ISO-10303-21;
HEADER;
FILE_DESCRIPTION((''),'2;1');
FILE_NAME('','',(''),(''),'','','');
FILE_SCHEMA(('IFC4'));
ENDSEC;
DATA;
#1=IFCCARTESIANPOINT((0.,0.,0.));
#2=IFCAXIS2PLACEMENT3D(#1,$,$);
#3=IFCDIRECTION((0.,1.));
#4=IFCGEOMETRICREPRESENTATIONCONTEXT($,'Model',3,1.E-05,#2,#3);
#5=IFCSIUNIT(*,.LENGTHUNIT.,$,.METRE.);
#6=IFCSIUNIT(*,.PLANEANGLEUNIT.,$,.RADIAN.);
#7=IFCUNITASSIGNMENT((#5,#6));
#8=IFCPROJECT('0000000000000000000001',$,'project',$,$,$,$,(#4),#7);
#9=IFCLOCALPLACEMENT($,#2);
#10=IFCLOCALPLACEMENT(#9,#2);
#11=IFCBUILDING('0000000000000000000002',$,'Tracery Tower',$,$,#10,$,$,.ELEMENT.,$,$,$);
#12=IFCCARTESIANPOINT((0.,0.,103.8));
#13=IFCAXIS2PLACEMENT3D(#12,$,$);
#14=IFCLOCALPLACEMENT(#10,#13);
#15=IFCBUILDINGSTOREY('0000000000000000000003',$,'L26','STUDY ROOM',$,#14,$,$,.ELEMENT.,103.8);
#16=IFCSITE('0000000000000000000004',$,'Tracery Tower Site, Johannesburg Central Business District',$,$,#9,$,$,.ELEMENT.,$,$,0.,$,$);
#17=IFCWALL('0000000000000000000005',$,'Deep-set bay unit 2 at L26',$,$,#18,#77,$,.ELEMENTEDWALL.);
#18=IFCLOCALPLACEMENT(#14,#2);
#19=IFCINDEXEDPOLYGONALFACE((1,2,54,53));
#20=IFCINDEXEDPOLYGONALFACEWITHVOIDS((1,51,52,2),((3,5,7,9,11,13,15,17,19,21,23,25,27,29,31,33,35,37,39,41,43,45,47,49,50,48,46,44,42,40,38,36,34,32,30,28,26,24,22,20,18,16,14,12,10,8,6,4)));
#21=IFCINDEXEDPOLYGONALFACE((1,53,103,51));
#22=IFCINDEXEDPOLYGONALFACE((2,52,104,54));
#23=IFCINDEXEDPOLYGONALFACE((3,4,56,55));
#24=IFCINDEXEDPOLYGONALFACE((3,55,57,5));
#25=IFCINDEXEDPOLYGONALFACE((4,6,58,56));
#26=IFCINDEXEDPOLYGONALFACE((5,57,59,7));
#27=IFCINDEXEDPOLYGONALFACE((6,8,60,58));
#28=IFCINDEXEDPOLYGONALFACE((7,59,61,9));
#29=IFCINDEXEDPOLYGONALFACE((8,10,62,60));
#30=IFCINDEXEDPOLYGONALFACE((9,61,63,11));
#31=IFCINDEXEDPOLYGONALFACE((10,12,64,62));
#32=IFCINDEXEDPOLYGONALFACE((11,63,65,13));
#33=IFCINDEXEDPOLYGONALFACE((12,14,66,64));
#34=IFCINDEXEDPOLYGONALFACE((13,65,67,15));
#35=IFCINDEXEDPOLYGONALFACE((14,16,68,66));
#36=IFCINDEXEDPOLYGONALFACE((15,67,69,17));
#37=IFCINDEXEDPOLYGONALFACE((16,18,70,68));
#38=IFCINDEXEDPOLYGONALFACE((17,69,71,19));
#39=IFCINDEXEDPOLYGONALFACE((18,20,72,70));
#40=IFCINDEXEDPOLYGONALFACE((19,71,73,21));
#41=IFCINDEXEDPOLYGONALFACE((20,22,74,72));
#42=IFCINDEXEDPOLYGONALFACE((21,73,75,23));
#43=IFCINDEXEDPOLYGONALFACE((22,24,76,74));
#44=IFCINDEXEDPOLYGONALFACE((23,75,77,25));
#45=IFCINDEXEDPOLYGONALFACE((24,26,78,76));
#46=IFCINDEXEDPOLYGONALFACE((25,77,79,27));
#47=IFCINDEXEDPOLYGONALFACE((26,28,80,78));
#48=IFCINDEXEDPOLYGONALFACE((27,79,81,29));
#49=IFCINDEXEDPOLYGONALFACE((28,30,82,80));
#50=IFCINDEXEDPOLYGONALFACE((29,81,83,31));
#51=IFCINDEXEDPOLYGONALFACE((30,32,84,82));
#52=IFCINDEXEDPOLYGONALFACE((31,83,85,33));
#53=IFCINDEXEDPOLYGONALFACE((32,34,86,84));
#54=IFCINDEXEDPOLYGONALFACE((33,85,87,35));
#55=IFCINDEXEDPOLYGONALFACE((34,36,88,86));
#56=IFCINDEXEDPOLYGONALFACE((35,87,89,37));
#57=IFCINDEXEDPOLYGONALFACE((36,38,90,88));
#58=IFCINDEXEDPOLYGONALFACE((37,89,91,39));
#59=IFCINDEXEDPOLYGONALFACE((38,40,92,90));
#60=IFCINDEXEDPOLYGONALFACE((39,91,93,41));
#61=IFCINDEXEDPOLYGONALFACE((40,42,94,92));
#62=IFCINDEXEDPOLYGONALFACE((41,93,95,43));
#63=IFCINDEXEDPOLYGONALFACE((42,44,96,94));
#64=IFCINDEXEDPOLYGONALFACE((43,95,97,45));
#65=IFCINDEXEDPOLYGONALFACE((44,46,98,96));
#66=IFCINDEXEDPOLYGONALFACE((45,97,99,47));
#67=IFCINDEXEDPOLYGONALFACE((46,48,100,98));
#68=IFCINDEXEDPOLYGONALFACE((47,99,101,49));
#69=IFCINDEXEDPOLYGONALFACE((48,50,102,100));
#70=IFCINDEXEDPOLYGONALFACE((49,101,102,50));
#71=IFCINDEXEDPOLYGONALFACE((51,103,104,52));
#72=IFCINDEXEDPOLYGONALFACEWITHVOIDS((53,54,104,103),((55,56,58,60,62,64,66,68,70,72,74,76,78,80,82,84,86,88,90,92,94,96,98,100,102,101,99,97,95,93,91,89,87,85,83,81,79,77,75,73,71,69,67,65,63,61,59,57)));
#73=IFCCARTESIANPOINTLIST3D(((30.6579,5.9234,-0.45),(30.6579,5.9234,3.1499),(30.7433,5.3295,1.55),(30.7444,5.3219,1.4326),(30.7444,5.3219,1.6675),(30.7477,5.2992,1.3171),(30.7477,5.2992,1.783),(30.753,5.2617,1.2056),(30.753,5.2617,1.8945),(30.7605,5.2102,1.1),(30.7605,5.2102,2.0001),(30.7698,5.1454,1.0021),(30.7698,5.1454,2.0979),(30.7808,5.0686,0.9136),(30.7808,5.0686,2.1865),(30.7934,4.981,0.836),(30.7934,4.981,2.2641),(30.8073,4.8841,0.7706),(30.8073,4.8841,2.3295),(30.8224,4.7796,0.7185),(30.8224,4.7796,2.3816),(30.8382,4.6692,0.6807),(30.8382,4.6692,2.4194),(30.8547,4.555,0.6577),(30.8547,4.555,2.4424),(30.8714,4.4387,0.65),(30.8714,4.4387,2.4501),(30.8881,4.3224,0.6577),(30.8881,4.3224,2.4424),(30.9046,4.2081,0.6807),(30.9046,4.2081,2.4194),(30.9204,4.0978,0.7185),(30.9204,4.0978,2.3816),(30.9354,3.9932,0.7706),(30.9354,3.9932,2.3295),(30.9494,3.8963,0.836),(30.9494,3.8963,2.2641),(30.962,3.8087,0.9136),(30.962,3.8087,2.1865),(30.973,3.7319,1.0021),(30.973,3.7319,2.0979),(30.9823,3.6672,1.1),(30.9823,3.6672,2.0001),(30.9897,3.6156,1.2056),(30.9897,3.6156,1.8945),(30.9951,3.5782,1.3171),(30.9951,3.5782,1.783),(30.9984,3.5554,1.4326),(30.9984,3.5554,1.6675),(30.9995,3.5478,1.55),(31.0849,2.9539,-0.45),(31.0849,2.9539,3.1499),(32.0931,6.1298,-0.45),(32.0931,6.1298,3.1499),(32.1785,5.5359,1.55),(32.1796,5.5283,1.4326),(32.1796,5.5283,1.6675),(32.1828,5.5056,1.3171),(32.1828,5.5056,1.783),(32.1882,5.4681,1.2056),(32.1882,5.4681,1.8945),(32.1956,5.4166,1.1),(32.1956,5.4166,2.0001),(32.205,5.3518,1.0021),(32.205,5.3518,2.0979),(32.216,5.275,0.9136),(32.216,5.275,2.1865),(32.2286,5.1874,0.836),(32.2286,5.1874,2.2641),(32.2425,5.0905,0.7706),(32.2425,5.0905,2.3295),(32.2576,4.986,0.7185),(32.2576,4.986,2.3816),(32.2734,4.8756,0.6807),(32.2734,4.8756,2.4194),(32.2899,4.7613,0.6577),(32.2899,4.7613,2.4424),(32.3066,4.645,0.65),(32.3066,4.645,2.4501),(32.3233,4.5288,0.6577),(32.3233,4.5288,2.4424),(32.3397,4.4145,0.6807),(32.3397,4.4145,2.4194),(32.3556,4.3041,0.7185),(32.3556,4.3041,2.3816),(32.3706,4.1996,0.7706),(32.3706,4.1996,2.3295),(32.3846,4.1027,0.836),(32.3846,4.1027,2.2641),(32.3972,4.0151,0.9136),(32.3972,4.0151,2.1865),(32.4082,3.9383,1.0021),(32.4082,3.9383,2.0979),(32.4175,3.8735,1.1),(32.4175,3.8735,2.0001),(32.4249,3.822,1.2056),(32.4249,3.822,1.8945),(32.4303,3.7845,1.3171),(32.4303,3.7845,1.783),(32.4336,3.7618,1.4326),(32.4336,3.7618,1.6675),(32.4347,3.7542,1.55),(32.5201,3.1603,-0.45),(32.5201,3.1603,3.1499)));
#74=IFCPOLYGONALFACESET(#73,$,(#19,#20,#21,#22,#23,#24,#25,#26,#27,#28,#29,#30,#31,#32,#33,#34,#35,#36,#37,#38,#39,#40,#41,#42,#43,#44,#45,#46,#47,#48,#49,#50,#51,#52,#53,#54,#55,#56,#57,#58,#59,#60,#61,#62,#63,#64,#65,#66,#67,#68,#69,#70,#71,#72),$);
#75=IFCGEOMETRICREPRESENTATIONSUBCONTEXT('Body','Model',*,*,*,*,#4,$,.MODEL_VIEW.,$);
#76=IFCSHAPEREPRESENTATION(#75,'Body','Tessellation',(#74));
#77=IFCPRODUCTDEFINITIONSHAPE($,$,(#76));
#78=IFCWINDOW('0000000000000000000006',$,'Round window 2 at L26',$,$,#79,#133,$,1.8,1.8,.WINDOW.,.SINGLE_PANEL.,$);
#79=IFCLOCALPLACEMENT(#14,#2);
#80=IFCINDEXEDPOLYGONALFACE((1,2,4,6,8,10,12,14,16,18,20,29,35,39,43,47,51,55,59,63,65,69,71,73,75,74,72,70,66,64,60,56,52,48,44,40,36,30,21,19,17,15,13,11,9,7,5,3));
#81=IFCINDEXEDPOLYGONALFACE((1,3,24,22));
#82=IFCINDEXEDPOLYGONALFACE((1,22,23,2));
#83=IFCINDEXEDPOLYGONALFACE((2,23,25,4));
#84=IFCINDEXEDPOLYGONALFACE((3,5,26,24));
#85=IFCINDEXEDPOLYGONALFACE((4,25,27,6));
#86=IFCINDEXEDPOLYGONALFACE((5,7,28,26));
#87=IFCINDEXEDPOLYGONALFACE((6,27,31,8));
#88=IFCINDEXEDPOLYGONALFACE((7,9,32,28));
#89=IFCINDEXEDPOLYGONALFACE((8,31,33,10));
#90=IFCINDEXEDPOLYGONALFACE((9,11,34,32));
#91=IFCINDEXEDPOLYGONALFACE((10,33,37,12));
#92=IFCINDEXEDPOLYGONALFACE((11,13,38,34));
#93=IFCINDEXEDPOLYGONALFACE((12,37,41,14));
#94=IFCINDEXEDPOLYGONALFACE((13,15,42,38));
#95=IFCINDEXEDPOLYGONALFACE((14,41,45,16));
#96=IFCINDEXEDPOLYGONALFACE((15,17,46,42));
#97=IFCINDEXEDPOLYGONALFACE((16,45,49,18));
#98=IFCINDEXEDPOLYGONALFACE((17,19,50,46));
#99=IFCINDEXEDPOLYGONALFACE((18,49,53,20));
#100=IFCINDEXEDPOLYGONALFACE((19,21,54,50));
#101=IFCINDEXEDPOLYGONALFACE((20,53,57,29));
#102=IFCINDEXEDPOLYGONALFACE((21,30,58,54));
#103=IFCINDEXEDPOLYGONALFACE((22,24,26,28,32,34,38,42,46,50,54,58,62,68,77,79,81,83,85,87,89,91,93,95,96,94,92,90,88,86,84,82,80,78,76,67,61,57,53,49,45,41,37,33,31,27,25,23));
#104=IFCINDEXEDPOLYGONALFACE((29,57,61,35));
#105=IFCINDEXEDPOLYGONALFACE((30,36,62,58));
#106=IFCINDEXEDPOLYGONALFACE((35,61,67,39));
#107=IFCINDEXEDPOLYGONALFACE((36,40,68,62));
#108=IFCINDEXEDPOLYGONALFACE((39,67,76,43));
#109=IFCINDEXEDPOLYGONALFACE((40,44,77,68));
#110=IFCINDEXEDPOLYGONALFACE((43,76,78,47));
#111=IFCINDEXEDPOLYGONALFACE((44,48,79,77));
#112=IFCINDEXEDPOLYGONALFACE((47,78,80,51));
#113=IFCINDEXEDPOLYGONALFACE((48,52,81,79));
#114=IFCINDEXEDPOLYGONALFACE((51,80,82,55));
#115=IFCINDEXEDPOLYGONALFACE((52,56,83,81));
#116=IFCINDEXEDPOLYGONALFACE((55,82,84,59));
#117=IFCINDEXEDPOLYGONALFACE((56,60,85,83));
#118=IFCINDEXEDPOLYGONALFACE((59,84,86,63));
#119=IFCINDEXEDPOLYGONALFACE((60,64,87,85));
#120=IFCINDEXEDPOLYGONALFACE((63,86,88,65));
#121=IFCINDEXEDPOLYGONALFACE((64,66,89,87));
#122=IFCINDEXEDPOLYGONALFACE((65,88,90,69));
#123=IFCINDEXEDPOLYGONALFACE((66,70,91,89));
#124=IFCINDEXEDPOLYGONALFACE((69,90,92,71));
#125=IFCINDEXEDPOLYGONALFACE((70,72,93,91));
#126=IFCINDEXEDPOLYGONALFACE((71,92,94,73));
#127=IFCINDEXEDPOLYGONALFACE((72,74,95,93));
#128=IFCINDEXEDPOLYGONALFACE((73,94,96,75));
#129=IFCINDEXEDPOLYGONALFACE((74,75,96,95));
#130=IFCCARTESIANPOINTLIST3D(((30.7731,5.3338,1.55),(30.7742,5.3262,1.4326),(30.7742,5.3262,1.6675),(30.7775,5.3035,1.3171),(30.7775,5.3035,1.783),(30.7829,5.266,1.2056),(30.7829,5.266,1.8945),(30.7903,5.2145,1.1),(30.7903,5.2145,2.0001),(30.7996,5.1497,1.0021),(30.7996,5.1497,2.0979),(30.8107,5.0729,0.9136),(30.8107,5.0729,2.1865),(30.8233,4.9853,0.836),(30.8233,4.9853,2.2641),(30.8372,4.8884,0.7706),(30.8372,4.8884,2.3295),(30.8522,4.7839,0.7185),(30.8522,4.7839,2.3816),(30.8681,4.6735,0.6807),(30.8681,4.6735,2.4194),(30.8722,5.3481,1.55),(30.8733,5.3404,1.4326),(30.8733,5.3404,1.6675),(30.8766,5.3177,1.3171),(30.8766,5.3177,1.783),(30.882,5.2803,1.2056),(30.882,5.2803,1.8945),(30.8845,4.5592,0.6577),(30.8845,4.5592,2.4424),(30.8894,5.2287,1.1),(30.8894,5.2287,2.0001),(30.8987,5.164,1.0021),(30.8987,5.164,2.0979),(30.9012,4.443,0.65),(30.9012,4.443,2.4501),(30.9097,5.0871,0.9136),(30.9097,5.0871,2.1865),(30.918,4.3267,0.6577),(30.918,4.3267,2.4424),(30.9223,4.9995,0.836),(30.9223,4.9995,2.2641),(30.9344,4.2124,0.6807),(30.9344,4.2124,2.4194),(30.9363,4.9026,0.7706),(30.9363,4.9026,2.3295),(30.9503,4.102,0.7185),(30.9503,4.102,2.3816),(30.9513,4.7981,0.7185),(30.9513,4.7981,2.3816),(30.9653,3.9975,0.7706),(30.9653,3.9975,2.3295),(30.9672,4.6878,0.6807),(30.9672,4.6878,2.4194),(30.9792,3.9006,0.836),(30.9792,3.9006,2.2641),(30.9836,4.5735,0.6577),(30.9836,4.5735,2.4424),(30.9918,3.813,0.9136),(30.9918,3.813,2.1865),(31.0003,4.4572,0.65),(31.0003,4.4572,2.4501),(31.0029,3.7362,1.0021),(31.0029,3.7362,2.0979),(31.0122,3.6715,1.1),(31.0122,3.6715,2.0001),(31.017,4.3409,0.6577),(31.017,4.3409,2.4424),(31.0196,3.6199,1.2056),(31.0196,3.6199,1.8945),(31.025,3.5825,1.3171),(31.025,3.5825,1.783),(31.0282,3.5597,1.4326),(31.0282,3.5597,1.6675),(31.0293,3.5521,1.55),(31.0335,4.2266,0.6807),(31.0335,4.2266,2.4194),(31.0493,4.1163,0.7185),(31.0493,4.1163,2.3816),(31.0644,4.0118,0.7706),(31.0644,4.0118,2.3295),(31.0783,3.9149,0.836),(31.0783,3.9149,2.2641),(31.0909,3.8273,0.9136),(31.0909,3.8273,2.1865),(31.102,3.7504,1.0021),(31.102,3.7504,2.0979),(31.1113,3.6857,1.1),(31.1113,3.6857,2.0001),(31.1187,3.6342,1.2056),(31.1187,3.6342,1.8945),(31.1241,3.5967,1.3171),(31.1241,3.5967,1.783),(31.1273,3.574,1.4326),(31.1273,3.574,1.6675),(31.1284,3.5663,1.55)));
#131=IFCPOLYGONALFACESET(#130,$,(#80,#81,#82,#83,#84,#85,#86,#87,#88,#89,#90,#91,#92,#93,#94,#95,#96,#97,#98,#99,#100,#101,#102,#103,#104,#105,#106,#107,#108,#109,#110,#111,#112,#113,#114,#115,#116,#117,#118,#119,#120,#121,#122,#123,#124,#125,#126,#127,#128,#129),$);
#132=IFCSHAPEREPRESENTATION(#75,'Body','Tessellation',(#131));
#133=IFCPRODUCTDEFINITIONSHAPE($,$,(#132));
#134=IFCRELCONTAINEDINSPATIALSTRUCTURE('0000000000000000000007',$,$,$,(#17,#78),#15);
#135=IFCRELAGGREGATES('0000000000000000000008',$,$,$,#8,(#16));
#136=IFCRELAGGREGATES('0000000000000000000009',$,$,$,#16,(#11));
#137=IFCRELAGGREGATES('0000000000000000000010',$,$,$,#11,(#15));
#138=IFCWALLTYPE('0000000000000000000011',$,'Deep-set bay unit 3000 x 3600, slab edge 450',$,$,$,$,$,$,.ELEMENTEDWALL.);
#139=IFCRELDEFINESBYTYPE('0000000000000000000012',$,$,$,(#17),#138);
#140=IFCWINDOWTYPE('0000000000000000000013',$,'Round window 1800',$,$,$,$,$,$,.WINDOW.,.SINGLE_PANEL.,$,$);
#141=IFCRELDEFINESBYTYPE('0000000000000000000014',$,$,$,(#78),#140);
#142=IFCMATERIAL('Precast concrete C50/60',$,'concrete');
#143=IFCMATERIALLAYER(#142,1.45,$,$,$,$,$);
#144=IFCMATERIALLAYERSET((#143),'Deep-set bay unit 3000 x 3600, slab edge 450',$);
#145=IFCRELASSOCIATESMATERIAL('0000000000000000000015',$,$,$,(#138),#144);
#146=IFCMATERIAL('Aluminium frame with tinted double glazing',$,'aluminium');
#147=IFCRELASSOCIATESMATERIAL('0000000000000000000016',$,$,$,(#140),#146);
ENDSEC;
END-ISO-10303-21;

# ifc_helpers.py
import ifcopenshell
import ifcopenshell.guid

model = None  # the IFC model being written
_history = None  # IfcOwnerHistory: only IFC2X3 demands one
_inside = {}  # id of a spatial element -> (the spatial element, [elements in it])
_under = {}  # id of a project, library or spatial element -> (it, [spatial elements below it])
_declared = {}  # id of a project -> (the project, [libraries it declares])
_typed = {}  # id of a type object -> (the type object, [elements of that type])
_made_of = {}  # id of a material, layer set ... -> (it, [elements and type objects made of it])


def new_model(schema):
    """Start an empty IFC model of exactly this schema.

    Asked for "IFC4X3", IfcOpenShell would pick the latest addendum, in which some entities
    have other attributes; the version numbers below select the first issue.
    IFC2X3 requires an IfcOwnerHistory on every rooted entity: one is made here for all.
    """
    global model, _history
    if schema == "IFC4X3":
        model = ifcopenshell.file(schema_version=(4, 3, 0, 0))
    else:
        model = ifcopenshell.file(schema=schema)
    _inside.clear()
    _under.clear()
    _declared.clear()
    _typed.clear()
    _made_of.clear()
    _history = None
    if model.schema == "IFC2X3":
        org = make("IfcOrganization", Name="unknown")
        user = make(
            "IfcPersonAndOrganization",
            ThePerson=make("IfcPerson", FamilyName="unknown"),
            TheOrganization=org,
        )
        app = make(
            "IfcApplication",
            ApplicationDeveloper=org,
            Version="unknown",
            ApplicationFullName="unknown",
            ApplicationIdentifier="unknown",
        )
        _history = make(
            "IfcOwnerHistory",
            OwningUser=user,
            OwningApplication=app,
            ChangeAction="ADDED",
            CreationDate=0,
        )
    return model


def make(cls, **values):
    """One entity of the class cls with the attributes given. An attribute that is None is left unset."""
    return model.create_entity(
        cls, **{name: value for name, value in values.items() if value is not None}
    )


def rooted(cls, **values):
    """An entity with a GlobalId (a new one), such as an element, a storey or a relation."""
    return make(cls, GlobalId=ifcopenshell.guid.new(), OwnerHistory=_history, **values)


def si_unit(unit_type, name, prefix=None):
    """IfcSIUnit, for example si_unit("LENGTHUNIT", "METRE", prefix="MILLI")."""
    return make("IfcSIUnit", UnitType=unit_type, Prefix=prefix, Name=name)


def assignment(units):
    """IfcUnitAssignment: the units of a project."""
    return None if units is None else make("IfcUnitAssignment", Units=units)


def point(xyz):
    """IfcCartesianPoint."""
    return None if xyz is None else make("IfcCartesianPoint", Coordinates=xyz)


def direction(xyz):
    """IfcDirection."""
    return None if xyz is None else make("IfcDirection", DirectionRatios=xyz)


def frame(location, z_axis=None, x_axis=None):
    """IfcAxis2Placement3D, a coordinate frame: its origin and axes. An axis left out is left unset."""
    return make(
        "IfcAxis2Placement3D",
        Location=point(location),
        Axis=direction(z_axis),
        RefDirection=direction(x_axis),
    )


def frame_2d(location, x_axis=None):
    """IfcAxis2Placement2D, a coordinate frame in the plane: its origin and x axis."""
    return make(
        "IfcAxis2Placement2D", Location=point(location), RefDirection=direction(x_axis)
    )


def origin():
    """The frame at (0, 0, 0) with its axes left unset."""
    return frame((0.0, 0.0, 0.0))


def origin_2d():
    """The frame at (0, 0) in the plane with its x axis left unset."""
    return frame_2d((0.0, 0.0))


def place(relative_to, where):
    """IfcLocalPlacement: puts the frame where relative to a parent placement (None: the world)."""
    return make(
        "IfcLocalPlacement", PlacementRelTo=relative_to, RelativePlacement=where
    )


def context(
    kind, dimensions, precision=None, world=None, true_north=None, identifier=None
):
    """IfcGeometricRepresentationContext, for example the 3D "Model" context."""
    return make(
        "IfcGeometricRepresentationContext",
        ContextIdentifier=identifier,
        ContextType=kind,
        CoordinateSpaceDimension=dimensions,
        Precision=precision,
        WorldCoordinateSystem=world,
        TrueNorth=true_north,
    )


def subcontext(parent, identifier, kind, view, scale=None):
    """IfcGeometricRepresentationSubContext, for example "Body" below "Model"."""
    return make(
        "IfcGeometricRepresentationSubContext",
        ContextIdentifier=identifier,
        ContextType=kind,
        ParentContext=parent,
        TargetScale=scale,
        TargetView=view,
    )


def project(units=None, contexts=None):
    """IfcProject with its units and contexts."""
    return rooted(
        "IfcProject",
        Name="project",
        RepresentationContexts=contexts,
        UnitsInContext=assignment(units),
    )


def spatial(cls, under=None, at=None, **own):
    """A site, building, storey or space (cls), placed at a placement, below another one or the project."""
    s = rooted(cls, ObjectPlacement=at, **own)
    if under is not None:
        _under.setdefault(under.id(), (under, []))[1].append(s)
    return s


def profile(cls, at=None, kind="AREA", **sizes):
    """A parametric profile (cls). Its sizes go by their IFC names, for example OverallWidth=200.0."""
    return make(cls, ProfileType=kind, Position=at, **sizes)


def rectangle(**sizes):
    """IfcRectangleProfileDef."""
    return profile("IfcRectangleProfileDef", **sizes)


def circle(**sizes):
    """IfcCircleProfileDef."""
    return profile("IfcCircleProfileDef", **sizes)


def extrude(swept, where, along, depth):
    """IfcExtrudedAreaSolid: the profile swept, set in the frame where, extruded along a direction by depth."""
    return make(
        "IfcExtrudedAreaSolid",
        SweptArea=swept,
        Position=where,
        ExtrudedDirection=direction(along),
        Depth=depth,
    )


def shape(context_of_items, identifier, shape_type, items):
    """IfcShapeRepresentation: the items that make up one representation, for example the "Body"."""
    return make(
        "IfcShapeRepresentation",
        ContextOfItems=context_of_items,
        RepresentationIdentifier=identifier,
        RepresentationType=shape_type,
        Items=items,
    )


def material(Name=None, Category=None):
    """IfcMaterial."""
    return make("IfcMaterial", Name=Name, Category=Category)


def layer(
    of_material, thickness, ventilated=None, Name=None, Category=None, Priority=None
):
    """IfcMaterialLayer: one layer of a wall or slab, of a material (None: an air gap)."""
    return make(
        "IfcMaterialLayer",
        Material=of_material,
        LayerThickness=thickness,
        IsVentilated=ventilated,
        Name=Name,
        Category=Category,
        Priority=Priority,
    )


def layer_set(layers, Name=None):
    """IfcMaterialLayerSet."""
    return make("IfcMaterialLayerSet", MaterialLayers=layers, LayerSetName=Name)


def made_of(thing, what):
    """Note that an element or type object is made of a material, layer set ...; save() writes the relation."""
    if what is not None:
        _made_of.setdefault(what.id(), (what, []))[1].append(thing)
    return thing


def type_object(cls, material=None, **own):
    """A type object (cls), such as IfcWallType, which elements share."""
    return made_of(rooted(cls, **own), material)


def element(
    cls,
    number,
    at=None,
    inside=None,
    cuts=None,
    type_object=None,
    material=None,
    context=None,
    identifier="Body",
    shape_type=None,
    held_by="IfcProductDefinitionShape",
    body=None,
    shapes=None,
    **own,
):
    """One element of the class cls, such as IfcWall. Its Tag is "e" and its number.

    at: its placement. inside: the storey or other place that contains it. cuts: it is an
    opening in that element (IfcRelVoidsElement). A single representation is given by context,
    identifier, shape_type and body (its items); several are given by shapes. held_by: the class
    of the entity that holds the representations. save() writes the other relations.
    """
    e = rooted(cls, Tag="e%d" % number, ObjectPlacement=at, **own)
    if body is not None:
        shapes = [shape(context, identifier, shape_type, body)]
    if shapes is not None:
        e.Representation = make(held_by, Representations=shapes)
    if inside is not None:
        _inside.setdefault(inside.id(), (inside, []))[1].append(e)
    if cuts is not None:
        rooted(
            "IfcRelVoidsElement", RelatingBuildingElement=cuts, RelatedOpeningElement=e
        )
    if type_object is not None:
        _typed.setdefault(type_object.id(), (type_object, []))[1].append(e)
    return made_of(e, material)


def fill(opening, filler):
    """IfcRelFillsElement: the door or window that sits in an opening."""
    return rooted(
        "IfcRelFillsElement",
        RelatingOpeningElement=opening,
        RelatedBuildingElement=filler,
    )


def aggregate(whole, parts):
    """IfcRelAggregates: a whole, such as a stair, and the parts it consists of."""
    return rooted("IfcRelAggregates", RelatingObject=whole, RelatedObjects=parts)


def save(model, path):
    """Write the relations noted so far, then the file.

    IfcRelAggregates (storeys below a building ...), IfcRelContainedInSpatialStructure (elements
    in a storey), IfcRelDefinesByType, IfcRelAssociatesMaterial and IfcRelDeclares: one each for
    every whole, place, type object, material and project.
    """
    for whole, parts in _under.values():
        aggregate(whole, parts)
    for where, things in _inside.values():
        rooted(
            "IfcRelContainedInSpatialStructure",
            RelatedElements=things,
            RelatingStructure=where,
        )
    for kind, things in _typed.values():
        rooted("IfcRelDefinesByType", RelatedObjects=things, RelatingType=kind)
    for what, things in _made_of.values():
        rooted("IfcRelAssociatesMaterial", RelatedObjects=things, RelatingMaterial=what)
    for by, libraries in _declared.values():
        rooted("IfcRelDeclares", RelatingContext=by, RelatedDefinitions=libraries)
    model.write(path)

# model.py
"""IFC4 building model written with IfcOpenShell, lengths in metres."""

from ifc_helpers import new_model, si_unit, direction, frame, frame_2d, origin, origin_2d, place, context, subcontext, project, spatial, rectangle, circle, extrude, material, layer, layer_set, type_object, element, fill, save


model = new_model("IFC4")

# Units and contexts
model_context = context("Model", 3, precision=1e-05, world=origin(), true_north=direction((0.0, 1.0)))
body_context = subcontext(model_context, "Body", "Model", "MODEL_VIEW")
ifc_project = project(units=[si_unit("LENGTHUNIT", "METRE"), si_unit("PLANEANGLEUNIT", "RADIAN")], contexts=[model_context])

# Site, building, storey
site_placement = place(None, origin())
site = spatial("IfcSite", under=ifc_project, at=site_placement, Name="Tracery Tower Site, Johannesburg Central Business District", CompositionType="ELEMENT", RefElevation=0.0)
building_placement = place(site_placement, origin())
building = spatial("IfcBuilding", under=site, at=building_placement, Name="Tracery Tower", CompositionType="ELEMENT")
storey_placement = place(building_placement, frame((0.0, 0.0, 103.8)))
storey = spatial("IfcBuildingStorey", under=building, at=storey_placement, Name="L26", Description="STUDY ROOM", CompositionType="ELEMENT", Elevation=103.8)

# Wall, opening, window
ifc_material_1 = material(Name="Precast concrete C50/60", Category="concrete")
ifc_layer_1 = layer(ifc_material_1, 1.45)
ifc_layer_set_1 = layer_set([ifc_layer_1], Name="Deep-set bay unit 3000 x 3600, slab edge 450")
wall_type_1 = type_object("IfcWallType", Name="Deep-set bay unit 3000 x 3600, slab edge 450", PredefinedType="ELEMENTEDWALL", material=ifc_layer_set_1)
wall_1_placement = place(storey_placement, frame((31.8025, 3.0571, -0.45), z_axis=(0.0, 0.0, 1.0), x_axis=(-0.142333, 0.989819, 0.0)))
wall_1 = element("IfcWall", 1, at=wall_1_placement, inside=storey, type_object=wall_type_1, Name="Deep-set bay unit 2 at L26", PredefinedType="ELEMENTEDWALL", context=body_context, shape_type="SweptSolid", body=[
    extrude(rectangle(XDim=3.0, YDim=1.45, at=frame_2d((1.5, 0.0))), origin(), (0.0, 0.0, 1.0), 3.5999),
])
opening_1_placement = place(wall_1_placement, frame((1.5, 0.0, 2.0)))
opening_1 = element("IfcOpeningElement", 2, at=opening_1_placement, cuts=wall_1, PredefinedType="OPENING", context=body_context, shape_type="SweptSolid", body=[
    extrude(circle(Radius=0.9, at=origin_2d()), frame((0.0, 0.7349, 0.0), z_axis=(0.0, -1.0, 0.0), x_axis=(1.0, 0.0, 0.0)), (0.0, 0.0, 1.0), 1.47),
])
ifc_material_2 = material(Name="Aluminium frame with tinted double glazing", Category="aluminium")
window_type = type_object("IfcWindowType", Name="Round window 1800", PartitioningType="SINGLE_PANEL", PredefinedType="WINDOW", material=ifc_material_2)
window_1_placement = place(opening_1_placement, origin())
window_1 = element("IfcWindow", 3, at=window_1_placement, inside=storey, type_object=window_type, Name="Round window 2 at L26", OverallHeight=1.8, OverallWidth=1.8, PartitioningType="SINGLE_PANEL", PredefinedType="WINDOW", context=body_context, shape_type="SweptSolid", body=[
    extrude(circle(Radius=0.9, at=origin_2d()), frame((0.0, 0.6948, 0.0), z_axis=(0.0, -1.0, 0.0), x_axis=(1.0, 0.0, 0.0)), (0.0, 0.0, 1.0), 0.1001),
])
fill(opening_1, window_1)

save(model, "model.ifc")
